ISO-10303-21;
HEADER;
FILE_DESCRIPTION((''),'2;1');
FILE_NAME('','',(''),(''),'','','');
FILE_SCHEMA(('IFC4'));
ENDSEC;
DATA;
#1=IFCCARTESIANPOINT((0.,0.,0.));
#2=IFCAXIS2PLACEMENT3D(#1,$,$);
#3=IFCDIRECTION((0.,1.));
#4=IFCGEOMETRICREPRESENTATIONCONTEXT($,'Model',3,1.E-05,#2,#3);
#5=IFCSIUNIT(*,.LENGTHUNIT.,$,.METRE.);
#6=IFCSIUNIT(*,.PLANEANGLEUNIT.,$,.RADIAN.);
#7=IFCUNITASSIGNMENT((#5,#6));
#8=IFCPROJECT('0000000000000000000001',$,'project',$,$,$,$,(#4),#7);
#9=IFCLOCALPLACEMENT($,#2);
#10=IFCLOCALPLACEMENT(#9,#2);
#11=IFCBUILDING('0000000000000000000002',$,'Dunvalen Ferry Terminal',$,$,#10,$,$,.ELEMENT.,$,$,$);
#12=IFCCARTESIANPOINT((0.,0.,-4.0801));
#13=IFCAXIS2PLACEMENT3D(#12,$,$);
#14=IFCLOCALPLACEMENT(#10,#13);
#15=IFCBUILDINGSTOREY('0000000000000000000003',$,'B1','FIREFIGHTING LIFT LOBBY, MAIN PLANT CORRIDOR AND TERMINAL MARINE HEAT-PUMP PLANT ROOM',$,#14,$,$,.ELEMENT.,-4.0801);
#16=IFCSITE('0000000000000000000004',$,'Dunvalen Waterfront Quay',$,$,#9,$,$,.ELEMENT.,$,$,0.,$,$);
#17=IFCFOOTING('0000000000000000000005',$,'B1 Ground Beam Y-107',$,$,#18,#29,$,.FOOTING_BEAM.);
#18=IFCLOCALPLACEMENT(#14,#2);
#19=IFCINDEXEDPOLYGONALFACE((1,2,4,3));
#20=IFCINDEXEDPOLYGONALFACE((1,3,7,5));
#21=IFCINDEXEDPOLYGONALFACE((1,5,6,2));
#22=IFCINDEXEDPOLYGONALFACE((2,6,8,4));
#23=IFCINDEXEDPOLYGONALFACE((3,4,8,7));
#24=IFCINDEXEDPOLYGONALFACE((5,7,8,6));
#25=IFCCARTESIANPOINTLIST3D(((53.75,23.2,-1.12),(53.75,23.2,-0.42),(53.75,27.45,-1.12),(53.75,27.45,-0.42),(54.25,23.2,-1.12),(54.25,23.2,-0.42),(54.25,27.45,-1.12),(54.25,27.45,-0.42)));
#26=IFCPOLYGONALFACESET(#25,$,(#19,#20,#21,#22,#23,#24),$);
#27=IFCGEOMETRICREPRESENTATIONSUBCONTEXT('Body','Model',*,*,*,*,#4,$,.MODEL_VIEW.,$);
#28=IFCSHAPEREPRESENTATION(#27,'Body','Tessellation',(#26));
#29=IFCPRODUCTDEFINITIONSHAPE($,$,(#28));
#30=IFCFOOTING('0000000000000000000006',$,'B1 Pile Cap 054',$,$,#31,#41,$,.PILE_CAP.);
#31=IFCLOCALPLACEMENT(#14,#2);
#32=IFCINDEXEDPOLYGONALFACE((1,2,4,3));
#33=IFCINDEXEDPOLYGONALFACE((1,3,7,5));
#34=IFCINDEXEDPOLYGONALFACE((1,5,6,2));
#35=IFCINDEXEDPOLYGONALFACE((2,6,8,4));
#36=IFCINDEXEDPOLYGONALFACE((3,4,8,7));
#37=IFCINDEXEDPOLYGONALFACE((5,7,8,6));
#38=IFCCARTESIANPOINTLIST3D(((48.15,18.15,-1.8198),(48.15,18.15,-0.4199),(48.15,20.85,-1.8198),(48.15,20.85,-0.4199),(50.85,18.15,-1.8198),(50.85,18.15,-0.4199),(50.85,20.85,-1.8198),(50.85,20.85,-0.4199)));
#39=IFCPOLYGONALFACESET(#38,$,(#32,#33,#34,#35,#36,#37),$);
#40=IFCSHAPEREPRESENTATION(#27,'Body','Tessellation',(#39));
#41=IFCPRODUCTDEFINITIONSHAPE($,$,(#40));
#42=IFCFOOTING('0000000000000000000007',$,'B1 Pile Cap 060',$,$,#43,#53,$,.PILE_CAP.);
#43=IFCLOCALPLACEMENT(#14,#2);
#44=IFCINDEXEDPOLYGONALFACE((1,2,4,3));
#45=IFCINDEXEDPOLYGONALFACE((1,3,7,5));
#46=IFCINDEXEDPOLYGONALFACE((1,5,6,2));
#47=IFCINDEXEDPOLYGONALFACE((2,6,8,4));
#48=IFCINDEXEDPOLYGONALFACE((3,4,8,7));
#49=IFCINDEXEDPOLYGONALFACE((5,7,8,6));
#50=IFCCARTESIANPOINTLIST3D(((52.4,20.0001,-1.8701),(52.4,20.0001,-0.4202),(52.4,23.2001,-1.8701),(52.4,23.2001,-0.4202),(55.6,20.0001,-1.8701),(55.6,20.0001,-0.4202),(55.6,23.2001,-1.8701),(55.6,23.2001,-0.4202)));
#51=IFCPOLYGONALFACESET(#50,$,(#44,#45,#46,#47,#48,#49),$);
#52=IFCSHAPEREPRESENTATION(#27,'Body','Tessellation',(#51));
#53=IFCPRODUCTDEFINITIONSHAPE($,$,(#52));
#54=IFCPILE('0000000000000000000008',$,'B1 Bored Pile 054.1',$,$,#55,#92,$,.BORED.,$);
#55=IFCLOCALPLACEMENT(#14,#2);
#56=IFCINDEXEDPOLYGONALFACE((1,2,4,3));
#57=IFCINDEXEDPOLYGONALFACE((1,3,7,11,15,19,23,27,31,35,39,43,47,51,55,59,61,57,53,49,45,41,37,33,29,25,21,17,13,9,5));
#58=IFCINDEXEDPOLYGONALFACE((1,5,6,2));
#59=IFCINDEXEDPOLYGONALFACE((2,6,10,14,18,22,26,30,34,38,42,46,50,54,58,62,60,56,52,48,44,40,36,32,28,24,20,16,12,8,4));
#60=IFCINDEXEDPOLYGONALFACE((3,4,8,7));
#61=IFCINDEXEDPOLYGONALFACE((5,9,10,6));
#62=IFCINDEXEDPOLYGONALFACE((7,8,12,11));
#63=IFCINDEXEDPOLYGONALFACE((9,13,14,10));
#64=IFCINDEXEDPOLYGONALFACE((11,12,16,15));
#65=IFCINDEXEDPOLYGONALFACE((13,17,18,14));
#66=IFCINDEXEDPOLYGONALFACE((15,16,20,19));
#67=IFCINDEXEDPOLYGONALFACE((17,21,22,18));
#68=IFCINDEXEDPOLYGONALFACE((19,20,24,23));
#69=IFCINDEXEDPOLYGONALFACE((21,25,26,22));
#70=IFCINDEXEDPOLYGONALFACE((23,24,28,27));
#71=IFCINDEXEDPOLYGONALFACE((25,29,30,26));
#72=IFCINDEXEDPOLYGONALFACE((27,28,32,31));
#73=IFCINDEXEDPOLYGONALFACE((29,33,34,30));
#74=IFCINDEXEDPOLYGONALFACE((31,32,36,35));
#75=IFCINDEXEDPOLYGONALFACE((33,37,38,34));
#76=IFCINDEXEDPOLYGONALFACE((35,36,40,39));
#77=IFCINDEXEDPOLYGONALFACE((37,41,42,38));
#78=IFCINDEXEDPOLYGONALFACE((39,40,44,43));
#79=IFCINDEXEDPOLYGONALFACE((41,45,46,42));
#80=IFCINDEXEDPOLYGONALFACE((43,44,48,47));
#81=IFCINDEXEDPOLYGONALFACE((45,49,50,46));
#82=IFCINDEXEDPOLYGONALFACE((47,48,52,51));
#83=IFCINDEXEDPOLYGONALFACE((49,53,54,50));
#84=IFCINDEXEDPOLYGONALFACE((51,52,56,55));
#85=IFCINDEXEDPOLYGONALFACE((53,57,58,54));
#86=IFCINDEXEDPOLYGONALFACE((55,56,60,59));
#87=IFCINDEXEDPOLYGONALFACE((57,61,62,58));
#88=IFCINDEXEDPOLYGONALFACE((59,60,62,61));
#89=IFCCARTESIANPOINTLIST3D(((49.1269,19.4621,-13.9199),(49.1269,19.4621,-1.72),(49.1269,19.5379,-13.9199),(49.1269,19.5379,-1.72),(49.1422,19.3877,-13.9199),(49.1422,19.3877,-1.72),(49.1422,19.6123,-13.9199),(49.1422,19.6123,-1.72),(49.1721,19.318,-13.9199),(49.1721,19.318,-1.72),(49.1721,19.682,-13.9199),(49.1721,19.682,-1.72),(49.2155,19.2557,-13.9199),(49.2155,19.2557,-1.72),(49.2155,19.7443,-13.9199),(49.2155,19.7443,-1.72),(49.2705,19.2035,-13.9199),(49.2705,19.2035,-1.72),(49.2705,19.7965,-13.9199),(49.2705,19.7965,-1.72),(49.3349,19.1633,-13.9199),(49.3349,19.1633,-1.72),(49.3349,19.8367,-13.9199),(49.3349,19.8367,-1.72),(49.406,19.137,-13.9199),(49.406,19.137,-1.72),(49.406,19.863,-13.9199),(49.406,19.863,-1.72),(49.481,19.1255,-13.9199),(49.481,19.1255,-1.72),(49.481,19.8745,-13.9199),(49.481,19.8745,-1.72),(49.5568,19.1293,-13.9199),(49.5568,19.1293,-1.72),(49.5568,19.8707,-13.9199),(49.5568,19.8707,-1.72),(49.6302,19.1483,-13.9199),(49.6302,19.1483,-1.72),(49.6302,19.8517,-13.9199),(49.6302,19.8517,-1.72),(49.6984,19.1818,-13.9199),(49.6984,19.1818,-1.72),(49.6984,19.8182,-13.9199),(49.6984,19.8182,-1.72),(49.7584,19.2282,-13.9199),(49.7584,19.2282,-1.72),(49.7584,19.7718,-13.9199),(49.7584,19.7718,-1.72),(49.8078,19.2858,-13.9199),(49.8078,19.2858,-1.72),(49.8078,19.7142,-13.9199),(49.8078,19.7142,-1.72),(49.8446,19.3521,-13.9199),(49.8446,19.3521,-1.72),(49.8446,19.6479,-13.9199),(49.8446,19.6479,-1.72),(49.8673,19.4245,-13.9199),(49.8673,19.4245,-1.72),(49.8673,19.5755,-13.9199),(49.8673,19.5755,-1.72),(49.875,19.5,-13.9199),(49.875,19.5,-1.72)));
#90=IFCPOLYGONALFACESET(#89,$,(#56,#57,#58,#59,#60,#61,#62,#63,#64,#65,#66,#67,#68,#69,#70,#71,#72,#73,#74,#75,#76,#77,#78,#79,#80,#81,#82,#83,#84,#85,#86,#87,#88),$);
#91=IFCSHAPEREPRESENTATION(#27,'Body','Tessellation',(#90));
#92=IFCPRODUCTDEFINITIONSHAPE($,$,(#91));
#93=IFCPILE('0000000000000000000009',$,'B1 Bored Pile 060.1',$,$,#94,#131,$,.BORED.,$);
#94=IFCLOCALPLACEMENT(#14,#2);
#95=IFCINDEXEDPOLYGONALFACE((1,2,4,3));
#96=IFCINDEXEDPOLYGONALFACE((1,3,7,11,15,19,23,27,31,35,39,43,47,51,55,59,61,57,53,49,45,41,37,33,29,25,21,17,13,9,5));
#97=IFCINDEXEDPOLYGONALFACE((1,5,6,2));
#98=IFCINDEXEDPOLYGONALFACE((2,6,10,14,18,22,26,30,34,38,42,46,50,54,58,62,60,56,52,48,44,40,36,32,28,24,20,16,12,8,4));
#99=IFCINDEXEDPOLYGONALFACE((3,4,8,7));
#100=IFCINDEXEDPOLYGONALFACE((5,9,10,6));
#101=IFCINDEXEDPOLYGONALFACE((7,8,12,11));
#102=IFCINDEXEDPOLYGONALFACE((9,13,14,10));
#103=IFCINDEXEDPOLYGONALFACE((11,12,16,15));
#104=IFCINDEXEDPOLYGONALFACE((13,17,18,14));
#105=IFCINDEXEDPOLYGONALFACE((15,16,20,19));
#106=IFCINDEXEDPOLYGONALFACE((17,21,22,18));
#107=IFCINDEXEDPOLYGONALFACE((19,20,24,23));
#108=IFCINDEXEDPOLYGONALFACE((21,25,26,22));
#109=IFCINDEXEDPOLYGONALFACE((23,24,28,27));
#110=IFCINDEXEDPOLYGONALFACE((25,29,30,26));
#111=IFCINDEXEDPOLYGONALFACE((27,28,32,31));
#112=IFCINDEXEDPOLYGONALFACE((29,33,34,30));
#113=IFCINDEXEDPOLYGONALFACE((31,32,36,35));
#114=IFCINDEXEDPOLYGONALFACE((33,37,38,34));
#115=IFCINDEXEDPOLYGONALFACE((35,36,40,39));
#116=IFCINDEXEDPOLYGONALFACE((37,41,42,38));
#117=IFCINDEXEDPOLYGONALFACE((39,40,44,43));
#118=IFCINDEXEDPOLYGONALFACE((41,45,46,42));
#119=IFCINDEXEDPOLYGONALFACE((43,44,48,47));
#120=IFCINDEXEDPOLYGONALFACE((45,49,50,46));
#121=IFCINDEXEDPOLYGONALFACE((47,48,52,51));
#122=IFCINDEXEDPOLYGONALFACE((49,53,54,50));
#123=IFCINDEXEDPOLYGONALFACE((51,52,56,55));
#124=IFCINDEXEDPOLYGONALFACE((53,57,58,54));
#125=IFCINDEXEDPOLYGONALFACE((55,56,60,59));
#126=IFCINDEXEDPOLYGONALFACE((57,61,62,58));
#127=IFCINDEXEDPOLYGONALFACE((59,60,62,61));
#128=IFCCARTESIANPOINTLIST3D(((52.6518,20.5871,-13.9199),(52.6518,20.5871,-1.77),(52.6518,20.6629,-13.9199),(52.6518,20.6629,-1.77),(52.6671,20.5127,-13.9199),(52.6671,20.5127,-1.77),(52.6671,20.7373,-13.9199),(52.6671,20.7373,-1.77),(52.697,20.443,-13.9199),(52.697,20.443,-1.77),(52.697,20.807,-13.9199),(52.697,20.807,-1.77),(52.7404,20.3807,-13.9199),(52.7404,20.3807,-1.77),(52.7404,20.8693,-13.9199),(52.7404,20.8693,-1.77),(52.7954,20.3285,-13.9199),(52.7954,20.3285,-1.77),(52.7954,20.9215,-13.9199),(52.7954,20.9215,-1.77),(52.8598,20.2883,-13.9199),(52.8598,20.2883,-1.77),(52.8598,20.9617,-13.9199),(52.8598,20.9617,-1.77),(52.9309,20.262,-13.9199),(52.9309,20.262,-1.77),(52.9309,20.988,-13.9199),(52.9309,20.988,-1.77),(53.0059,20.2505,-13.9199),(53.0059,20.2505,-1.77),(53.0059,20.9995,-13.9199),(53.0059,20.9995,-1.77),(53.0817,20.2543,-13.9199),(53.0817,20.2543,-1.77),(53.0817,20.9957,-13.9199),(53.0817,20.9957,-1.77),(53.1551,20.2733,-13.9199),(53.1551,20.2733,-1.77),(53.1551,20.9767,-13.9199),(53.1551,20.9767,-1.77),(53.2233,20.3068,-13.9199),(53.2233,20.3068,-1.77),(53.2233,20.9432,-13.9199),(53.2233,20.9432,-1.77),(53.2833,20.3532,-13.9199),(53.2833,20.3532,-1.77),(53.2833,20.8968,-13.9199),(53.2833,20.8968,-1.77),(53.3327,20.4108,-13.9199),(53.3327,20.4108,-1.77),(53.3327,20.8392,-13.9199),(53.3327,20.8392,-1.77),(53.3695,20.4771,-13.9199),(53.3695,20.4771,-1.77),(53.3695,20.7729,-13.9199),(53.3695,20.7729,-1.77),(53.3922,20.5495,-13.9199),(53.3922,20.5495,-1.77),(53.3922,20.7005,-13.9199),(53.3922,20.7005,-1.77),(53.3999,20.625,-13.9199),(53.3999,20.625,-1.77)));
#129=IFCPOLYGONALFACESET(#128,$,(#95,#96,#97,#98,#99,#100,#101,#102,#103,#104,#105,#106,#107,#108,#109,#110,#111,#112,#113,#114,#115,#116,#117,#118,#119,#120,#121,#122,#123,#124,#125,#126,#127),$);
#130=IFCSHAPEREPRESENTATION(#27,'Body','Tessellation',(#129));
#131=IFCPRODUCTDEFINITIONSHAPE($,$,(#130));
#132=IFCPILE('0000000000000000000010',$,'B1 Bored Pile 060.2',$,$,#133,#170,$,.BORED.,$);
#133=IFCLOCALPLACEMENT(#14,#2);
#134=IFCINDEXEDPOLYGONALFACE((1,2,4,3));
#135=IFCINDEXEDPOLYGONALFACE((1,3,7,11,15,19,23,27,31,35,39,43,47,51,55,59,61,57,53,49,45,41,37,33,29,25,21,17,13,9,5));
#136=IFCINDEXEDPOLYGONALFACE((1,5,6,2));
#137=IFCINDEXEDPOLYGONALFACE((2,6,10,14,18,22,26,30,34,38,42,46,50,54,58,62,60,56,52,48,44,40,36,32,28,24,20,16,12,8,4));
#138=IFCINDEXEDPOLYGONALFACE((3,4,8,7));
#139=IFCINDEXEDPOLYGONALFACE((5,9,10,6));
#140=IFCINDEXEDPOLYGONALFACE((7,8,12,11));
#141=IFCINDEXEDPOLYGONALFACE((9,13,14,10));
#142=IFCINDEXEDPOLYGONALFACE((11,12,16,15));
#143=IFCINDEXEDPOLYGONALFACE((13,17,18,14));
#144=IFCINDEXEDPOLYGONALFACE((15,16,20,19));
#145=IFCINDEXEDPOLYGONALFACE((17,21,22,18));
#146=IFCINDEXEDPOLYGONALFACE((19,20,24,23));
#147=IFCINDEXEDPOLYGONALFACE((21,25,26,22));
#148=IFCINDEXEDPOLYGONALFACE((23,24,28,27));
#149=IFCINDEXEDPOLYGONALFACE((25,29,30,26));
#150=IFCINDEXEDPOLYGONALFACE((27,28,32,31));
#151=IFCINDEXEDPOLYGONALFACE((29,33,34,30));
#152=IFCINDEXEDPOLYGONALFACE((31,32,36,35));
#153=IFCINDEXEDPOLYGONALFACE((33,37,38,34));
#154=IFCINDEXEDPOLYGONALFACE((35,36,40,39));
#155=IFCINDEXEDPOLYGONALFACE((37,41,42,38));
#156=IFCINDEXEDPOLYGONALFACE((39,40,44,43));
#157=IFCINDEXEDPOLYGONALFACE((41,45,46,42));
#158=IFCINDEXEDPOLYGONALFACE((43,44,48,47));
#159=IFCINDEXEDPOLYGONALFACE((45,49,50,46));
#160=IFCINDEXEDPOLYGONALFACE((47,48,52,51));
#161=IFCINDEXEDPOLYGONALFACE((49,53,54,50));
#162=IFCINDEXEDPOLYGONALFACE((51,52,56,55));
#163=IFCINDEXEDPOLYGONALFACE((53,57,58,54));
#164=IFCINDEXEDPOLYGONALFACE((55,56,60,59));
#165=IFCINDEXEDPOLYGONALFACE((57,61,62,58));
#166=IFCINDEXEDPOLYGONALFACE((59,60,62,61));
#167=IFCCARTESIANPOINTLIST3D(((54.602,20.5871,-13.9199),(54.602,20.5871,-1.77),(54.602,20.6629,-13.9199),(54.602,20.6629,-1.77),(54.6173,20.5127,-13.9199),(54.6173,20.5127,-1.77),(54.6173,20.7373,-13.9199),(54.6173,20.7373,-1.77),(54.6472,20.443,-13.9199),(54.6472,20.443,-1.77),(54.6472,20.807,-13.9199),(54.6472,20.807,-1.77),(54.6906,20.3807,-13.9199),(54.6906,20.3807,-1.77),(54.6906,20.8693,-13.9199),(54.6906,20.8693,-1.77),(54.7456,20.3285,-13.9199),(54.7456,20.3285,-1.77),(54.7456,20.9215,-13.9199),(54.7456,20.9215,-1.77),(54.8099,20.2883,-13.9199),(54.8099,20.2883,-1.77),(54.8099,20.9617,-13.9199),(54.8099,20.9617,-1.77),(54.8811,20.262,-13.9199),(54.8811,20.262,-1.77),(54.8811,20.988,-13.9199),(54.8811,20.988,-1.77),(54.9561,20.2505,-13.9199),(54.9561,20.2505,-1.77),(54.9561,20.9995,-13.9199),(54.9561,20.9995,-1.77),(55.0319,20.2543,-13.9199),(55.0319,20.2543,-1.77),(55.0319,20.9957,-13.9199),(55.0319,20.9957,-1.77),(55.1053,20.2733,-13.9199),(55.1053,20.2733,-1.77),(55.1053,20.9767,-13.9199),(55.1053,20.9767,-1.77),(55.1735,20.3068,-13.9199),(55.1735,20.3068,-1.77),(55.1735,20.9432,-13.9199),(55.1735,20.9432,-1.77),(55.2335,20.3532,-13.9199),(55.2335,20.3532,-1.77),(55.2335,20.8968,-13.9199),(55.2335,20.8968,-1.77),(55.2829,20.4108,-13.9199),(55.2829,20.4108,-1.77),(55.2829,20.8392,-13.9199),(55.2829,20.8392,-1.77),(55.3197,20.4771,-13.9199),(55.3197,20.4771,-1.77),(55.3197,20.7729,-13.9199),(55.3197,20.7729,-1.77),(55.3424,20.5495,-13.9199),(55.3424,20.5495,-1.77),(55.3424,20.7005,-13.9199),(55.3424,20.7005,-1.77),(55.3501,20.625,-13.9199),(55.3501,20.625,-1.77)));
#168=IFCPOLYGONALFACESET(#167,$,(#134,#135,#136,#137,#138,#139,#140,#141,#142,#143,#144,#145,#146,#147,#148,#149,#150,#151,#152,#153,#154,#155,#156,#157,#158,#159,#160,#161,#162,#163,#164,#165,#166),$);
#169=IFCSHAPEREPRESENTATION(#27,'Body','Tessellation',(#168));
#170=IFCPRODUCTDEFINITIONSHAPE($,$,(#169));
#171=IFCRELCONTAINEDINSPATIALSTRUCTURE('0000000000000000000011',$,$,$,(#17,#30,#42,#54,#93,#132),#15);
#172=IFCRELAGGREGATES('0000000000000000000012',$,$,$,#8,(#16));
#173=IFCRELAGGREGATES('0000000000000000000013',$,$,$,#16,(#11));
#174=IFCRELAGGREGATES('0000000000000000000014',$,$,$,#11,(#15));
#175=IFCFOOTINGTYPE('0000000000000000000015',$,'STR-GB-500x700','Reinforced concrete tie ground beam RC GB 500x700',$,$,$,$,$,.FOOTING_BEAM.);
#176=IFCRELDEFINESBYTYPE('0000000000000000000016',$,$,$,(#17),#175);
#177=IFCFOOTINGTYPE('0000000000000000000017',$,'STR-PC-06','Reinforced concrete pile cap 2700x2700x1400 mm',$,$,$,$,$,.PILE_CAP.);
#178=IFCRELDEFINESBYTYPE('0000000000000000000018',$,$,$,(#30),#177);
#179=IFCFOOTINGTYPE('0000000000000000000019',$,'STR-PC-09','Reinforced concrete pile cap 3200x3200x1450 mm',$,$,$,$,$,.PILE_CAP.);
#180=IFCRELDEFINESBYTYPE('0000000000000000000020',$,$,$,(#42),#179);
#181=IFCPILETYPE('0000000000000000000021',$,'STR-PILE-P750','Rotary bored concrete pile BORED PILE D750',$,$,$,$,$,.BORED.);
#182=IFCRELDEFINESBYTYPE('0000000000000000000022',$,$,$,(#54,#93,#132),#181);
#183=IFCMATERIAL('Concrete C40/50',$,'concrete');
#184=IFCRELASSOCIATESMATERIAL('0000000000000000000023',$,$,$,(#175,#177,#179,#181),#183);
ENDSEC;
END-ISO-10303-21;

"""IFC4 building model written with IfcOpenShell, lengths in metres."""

from ifc_helpers import new_model, si_unit, direction, frame, origin, origin_2d, place, context, subcontext, project, spatial, rectangle, circle, extrude, material, material_profile, profile_set, type_object, element, save


model = new_model("IFC4")

# Units and contexts
model_context = context("Model", 3, precision=1e-05, world=origin(), true_north=direction((0.0, 1.0)))
body_context = subcontext(model_context, "Body", "Model", "MODEL_VIEW")
ifc_project = project(units=[si_unit("LENGTHUNIT", "METRE"), si_unit("PLANEANGLEUNIT", "RADIAN")], contexts=[model_context])

# Site, building, storey
site_placement = place(None, origin())
site = spatial("IfcSite", under=ifc_project, at=site_placement, Name="Dunvalen Waterfront Quay", CompositionType="ELEMENT", RefElevation=0.0)
building_placement = place(site_placement, origin())
building = spatial("IfcBuilding", under=site, at=building_placement, Name="Dunvalen Ferry Terminal", CompositionType="ELEMENT")
storey_placement = place(building_placement, frame((0.0, 0.0, -4.0801)))
storey = spatial("IfcBuildingStorey", under=building, at=storey_placement, Name="B1", Description="FIREFIGHTING LIFT LOBBY, MAIN PLANT CORRIDOR AND TERMINAL MARINE HEAT-PUMP PLANT ROOM", CompositionType="ELEMENT", Elevation=-4.0801)

# Footings
ifc_material_1 = material(Name="Concrete C40/50", Category="concrete")
ifc_material_profile_1 = material_profile(ifc_material_1, rectangle(XDim=0.5, YDim=0.7, at=origin_2d()), Name="Concrete C40/50")
ifc_profile_set_1 = profile_set([ifc_material_profile_1], Name="Concrete C40/50")
footing_type_1 = type_object("IfcFootingType", Name="STR-GB-500x700", Description="Reinforced concrete tie ground beam RC GB 500x700", PredefinedType="FOOTING_BEAM", material=ifc_profile_set_1)
footing_1_placement = place(storey_placement, frame((54.0, 23.2, -0.77), z_axis=(0.0, 1.0, 0.0), x_axis=(-1.0, 0.0, 0.0)))
element("IfcFooting", 1, at=footing_1_placement, inside=storey, type_object=footing_type_1, Name="B1 Ground Beam Y-107", PredefinedType="FOOTING_BEAM", context=body_context, shape_type="SweptSolid", body=[
    extrude(rectangle(XDim=0.5, YDim=0.7, at=origin_2d()), origin(), (0.0, 0.0, 1.0), 4.25),
])
footing_type_2 = type_object("IfcFootingType", Name="STR-PC-06", Description="Reinforced concrete pile cap 2700x2700x1400 mm", PredefinedType="PILE_CAP", material=ifc_material_1)
footing_2_placement = place(storey_placement, frame((49.5, 19.5, -1.8198), z_axis=(0.0, 0.0, 1.0), x_axis=(1.0, 0.0, 0.0)))
element("IfcFooting", 2, at=footing_2_placement, inside=storey, type_object=footing_type_2, Name="B1 Pile Cap 054", PredefinedType="PILE_CAP", context=body_context, shape_type="SweptSolid", body=[
    extrude(rectangle(XDim=2.7, YDim=2.7, at=origin_2d()), origin(), (0.0, 0.0, 1.0), 1.3999),
])
footing_type_3 = type_object("IfcFootingType", Name="STR-PC-09", Description="Reinforced concrete pile cap 3200x3200x1450 mm", PredefinedType="PILE_CAP", material=ifc_material_1)
footing_3_placement = place(storey_placement, frame((54.0, 21.6001, -1.8701), z_axis=(0.0, 0.0, 1.0), x_axis=(1.0, 0.0, 0.0)))
element("IfcFooting", 3, at=footing_3_placement, inside=storey, type_object=footing_type_3, Name="B1 Pile Cap 060", PredefinedType="PILE_CAP", context=body_context, shape_type="SweptSolid", body=[
    extrude(rectangle(XDim=3.2, YDim=3.2, at=origin_2d()), origin(), (0.0, 0.0, 1.0), 1.45),
])

# Piles
ifc_material_profile_2 = material_profile(ifc_material_1, circle(Radius=0.375, at=origin_2d()), Name="Concrete C40/50")
ifc_profile_set_2 = profile_set([ifc_material_profile_2], Name="Concrete C40/50")
pile_type = type_object("IfcPileType", Name="STR-PILE-P750", Description="Rotary bored concrete pile BORED PILE D750", PredefinedType="BORED", material=ifc_profile_set_2)
pile_placement = place(storey_placement, frame((49.5, 19.5, -1.72), z_axis=(0.0, 0.0, -1.0), x_axis=(1.0, 0.0, 0.0)))
element("IfcPile", 4, at=pile_placement, inside=storey, type_object=pile_type, Name="B1 Bored Pile 054.1", PredefinedType="BORED", context=body_context, shape_type="SweptSolid", body=[
    extrude(circle(Radius=0.375, at=origin_2d()), origin(), (0.0, 0.0, 1.0), 12.2),
])
for number, where, z_axis, x_axis, name in (
    (5, (53.0249, 20.625, -1.77), (0.0, 0.0, -1.0), (1.0, 0.0, 0.0), "B1 Bored Pile 060.1"),
    (6, (54.9751, 20.625, -1.77), (0.0, 0.0, -1.0), (1.0, 0.0, 0.0), "B1 Bored Pile 060.2"),
):
    element("IfcPile", number, at=place(storey_placement, frame(where, z_axis=z_axis, x_axis=x_axis)), inside=storey, type_object=pile_type, Name=name, PredefinedType="BORED", context=body_context, shape_type="SweptSolid", body=[
        extrude(circle(Radius=0.375, at=origin_2d()), origin(), (0.0, 0.0, 1.0), 12.1499),
    ])

save(model, "model.ifc")
